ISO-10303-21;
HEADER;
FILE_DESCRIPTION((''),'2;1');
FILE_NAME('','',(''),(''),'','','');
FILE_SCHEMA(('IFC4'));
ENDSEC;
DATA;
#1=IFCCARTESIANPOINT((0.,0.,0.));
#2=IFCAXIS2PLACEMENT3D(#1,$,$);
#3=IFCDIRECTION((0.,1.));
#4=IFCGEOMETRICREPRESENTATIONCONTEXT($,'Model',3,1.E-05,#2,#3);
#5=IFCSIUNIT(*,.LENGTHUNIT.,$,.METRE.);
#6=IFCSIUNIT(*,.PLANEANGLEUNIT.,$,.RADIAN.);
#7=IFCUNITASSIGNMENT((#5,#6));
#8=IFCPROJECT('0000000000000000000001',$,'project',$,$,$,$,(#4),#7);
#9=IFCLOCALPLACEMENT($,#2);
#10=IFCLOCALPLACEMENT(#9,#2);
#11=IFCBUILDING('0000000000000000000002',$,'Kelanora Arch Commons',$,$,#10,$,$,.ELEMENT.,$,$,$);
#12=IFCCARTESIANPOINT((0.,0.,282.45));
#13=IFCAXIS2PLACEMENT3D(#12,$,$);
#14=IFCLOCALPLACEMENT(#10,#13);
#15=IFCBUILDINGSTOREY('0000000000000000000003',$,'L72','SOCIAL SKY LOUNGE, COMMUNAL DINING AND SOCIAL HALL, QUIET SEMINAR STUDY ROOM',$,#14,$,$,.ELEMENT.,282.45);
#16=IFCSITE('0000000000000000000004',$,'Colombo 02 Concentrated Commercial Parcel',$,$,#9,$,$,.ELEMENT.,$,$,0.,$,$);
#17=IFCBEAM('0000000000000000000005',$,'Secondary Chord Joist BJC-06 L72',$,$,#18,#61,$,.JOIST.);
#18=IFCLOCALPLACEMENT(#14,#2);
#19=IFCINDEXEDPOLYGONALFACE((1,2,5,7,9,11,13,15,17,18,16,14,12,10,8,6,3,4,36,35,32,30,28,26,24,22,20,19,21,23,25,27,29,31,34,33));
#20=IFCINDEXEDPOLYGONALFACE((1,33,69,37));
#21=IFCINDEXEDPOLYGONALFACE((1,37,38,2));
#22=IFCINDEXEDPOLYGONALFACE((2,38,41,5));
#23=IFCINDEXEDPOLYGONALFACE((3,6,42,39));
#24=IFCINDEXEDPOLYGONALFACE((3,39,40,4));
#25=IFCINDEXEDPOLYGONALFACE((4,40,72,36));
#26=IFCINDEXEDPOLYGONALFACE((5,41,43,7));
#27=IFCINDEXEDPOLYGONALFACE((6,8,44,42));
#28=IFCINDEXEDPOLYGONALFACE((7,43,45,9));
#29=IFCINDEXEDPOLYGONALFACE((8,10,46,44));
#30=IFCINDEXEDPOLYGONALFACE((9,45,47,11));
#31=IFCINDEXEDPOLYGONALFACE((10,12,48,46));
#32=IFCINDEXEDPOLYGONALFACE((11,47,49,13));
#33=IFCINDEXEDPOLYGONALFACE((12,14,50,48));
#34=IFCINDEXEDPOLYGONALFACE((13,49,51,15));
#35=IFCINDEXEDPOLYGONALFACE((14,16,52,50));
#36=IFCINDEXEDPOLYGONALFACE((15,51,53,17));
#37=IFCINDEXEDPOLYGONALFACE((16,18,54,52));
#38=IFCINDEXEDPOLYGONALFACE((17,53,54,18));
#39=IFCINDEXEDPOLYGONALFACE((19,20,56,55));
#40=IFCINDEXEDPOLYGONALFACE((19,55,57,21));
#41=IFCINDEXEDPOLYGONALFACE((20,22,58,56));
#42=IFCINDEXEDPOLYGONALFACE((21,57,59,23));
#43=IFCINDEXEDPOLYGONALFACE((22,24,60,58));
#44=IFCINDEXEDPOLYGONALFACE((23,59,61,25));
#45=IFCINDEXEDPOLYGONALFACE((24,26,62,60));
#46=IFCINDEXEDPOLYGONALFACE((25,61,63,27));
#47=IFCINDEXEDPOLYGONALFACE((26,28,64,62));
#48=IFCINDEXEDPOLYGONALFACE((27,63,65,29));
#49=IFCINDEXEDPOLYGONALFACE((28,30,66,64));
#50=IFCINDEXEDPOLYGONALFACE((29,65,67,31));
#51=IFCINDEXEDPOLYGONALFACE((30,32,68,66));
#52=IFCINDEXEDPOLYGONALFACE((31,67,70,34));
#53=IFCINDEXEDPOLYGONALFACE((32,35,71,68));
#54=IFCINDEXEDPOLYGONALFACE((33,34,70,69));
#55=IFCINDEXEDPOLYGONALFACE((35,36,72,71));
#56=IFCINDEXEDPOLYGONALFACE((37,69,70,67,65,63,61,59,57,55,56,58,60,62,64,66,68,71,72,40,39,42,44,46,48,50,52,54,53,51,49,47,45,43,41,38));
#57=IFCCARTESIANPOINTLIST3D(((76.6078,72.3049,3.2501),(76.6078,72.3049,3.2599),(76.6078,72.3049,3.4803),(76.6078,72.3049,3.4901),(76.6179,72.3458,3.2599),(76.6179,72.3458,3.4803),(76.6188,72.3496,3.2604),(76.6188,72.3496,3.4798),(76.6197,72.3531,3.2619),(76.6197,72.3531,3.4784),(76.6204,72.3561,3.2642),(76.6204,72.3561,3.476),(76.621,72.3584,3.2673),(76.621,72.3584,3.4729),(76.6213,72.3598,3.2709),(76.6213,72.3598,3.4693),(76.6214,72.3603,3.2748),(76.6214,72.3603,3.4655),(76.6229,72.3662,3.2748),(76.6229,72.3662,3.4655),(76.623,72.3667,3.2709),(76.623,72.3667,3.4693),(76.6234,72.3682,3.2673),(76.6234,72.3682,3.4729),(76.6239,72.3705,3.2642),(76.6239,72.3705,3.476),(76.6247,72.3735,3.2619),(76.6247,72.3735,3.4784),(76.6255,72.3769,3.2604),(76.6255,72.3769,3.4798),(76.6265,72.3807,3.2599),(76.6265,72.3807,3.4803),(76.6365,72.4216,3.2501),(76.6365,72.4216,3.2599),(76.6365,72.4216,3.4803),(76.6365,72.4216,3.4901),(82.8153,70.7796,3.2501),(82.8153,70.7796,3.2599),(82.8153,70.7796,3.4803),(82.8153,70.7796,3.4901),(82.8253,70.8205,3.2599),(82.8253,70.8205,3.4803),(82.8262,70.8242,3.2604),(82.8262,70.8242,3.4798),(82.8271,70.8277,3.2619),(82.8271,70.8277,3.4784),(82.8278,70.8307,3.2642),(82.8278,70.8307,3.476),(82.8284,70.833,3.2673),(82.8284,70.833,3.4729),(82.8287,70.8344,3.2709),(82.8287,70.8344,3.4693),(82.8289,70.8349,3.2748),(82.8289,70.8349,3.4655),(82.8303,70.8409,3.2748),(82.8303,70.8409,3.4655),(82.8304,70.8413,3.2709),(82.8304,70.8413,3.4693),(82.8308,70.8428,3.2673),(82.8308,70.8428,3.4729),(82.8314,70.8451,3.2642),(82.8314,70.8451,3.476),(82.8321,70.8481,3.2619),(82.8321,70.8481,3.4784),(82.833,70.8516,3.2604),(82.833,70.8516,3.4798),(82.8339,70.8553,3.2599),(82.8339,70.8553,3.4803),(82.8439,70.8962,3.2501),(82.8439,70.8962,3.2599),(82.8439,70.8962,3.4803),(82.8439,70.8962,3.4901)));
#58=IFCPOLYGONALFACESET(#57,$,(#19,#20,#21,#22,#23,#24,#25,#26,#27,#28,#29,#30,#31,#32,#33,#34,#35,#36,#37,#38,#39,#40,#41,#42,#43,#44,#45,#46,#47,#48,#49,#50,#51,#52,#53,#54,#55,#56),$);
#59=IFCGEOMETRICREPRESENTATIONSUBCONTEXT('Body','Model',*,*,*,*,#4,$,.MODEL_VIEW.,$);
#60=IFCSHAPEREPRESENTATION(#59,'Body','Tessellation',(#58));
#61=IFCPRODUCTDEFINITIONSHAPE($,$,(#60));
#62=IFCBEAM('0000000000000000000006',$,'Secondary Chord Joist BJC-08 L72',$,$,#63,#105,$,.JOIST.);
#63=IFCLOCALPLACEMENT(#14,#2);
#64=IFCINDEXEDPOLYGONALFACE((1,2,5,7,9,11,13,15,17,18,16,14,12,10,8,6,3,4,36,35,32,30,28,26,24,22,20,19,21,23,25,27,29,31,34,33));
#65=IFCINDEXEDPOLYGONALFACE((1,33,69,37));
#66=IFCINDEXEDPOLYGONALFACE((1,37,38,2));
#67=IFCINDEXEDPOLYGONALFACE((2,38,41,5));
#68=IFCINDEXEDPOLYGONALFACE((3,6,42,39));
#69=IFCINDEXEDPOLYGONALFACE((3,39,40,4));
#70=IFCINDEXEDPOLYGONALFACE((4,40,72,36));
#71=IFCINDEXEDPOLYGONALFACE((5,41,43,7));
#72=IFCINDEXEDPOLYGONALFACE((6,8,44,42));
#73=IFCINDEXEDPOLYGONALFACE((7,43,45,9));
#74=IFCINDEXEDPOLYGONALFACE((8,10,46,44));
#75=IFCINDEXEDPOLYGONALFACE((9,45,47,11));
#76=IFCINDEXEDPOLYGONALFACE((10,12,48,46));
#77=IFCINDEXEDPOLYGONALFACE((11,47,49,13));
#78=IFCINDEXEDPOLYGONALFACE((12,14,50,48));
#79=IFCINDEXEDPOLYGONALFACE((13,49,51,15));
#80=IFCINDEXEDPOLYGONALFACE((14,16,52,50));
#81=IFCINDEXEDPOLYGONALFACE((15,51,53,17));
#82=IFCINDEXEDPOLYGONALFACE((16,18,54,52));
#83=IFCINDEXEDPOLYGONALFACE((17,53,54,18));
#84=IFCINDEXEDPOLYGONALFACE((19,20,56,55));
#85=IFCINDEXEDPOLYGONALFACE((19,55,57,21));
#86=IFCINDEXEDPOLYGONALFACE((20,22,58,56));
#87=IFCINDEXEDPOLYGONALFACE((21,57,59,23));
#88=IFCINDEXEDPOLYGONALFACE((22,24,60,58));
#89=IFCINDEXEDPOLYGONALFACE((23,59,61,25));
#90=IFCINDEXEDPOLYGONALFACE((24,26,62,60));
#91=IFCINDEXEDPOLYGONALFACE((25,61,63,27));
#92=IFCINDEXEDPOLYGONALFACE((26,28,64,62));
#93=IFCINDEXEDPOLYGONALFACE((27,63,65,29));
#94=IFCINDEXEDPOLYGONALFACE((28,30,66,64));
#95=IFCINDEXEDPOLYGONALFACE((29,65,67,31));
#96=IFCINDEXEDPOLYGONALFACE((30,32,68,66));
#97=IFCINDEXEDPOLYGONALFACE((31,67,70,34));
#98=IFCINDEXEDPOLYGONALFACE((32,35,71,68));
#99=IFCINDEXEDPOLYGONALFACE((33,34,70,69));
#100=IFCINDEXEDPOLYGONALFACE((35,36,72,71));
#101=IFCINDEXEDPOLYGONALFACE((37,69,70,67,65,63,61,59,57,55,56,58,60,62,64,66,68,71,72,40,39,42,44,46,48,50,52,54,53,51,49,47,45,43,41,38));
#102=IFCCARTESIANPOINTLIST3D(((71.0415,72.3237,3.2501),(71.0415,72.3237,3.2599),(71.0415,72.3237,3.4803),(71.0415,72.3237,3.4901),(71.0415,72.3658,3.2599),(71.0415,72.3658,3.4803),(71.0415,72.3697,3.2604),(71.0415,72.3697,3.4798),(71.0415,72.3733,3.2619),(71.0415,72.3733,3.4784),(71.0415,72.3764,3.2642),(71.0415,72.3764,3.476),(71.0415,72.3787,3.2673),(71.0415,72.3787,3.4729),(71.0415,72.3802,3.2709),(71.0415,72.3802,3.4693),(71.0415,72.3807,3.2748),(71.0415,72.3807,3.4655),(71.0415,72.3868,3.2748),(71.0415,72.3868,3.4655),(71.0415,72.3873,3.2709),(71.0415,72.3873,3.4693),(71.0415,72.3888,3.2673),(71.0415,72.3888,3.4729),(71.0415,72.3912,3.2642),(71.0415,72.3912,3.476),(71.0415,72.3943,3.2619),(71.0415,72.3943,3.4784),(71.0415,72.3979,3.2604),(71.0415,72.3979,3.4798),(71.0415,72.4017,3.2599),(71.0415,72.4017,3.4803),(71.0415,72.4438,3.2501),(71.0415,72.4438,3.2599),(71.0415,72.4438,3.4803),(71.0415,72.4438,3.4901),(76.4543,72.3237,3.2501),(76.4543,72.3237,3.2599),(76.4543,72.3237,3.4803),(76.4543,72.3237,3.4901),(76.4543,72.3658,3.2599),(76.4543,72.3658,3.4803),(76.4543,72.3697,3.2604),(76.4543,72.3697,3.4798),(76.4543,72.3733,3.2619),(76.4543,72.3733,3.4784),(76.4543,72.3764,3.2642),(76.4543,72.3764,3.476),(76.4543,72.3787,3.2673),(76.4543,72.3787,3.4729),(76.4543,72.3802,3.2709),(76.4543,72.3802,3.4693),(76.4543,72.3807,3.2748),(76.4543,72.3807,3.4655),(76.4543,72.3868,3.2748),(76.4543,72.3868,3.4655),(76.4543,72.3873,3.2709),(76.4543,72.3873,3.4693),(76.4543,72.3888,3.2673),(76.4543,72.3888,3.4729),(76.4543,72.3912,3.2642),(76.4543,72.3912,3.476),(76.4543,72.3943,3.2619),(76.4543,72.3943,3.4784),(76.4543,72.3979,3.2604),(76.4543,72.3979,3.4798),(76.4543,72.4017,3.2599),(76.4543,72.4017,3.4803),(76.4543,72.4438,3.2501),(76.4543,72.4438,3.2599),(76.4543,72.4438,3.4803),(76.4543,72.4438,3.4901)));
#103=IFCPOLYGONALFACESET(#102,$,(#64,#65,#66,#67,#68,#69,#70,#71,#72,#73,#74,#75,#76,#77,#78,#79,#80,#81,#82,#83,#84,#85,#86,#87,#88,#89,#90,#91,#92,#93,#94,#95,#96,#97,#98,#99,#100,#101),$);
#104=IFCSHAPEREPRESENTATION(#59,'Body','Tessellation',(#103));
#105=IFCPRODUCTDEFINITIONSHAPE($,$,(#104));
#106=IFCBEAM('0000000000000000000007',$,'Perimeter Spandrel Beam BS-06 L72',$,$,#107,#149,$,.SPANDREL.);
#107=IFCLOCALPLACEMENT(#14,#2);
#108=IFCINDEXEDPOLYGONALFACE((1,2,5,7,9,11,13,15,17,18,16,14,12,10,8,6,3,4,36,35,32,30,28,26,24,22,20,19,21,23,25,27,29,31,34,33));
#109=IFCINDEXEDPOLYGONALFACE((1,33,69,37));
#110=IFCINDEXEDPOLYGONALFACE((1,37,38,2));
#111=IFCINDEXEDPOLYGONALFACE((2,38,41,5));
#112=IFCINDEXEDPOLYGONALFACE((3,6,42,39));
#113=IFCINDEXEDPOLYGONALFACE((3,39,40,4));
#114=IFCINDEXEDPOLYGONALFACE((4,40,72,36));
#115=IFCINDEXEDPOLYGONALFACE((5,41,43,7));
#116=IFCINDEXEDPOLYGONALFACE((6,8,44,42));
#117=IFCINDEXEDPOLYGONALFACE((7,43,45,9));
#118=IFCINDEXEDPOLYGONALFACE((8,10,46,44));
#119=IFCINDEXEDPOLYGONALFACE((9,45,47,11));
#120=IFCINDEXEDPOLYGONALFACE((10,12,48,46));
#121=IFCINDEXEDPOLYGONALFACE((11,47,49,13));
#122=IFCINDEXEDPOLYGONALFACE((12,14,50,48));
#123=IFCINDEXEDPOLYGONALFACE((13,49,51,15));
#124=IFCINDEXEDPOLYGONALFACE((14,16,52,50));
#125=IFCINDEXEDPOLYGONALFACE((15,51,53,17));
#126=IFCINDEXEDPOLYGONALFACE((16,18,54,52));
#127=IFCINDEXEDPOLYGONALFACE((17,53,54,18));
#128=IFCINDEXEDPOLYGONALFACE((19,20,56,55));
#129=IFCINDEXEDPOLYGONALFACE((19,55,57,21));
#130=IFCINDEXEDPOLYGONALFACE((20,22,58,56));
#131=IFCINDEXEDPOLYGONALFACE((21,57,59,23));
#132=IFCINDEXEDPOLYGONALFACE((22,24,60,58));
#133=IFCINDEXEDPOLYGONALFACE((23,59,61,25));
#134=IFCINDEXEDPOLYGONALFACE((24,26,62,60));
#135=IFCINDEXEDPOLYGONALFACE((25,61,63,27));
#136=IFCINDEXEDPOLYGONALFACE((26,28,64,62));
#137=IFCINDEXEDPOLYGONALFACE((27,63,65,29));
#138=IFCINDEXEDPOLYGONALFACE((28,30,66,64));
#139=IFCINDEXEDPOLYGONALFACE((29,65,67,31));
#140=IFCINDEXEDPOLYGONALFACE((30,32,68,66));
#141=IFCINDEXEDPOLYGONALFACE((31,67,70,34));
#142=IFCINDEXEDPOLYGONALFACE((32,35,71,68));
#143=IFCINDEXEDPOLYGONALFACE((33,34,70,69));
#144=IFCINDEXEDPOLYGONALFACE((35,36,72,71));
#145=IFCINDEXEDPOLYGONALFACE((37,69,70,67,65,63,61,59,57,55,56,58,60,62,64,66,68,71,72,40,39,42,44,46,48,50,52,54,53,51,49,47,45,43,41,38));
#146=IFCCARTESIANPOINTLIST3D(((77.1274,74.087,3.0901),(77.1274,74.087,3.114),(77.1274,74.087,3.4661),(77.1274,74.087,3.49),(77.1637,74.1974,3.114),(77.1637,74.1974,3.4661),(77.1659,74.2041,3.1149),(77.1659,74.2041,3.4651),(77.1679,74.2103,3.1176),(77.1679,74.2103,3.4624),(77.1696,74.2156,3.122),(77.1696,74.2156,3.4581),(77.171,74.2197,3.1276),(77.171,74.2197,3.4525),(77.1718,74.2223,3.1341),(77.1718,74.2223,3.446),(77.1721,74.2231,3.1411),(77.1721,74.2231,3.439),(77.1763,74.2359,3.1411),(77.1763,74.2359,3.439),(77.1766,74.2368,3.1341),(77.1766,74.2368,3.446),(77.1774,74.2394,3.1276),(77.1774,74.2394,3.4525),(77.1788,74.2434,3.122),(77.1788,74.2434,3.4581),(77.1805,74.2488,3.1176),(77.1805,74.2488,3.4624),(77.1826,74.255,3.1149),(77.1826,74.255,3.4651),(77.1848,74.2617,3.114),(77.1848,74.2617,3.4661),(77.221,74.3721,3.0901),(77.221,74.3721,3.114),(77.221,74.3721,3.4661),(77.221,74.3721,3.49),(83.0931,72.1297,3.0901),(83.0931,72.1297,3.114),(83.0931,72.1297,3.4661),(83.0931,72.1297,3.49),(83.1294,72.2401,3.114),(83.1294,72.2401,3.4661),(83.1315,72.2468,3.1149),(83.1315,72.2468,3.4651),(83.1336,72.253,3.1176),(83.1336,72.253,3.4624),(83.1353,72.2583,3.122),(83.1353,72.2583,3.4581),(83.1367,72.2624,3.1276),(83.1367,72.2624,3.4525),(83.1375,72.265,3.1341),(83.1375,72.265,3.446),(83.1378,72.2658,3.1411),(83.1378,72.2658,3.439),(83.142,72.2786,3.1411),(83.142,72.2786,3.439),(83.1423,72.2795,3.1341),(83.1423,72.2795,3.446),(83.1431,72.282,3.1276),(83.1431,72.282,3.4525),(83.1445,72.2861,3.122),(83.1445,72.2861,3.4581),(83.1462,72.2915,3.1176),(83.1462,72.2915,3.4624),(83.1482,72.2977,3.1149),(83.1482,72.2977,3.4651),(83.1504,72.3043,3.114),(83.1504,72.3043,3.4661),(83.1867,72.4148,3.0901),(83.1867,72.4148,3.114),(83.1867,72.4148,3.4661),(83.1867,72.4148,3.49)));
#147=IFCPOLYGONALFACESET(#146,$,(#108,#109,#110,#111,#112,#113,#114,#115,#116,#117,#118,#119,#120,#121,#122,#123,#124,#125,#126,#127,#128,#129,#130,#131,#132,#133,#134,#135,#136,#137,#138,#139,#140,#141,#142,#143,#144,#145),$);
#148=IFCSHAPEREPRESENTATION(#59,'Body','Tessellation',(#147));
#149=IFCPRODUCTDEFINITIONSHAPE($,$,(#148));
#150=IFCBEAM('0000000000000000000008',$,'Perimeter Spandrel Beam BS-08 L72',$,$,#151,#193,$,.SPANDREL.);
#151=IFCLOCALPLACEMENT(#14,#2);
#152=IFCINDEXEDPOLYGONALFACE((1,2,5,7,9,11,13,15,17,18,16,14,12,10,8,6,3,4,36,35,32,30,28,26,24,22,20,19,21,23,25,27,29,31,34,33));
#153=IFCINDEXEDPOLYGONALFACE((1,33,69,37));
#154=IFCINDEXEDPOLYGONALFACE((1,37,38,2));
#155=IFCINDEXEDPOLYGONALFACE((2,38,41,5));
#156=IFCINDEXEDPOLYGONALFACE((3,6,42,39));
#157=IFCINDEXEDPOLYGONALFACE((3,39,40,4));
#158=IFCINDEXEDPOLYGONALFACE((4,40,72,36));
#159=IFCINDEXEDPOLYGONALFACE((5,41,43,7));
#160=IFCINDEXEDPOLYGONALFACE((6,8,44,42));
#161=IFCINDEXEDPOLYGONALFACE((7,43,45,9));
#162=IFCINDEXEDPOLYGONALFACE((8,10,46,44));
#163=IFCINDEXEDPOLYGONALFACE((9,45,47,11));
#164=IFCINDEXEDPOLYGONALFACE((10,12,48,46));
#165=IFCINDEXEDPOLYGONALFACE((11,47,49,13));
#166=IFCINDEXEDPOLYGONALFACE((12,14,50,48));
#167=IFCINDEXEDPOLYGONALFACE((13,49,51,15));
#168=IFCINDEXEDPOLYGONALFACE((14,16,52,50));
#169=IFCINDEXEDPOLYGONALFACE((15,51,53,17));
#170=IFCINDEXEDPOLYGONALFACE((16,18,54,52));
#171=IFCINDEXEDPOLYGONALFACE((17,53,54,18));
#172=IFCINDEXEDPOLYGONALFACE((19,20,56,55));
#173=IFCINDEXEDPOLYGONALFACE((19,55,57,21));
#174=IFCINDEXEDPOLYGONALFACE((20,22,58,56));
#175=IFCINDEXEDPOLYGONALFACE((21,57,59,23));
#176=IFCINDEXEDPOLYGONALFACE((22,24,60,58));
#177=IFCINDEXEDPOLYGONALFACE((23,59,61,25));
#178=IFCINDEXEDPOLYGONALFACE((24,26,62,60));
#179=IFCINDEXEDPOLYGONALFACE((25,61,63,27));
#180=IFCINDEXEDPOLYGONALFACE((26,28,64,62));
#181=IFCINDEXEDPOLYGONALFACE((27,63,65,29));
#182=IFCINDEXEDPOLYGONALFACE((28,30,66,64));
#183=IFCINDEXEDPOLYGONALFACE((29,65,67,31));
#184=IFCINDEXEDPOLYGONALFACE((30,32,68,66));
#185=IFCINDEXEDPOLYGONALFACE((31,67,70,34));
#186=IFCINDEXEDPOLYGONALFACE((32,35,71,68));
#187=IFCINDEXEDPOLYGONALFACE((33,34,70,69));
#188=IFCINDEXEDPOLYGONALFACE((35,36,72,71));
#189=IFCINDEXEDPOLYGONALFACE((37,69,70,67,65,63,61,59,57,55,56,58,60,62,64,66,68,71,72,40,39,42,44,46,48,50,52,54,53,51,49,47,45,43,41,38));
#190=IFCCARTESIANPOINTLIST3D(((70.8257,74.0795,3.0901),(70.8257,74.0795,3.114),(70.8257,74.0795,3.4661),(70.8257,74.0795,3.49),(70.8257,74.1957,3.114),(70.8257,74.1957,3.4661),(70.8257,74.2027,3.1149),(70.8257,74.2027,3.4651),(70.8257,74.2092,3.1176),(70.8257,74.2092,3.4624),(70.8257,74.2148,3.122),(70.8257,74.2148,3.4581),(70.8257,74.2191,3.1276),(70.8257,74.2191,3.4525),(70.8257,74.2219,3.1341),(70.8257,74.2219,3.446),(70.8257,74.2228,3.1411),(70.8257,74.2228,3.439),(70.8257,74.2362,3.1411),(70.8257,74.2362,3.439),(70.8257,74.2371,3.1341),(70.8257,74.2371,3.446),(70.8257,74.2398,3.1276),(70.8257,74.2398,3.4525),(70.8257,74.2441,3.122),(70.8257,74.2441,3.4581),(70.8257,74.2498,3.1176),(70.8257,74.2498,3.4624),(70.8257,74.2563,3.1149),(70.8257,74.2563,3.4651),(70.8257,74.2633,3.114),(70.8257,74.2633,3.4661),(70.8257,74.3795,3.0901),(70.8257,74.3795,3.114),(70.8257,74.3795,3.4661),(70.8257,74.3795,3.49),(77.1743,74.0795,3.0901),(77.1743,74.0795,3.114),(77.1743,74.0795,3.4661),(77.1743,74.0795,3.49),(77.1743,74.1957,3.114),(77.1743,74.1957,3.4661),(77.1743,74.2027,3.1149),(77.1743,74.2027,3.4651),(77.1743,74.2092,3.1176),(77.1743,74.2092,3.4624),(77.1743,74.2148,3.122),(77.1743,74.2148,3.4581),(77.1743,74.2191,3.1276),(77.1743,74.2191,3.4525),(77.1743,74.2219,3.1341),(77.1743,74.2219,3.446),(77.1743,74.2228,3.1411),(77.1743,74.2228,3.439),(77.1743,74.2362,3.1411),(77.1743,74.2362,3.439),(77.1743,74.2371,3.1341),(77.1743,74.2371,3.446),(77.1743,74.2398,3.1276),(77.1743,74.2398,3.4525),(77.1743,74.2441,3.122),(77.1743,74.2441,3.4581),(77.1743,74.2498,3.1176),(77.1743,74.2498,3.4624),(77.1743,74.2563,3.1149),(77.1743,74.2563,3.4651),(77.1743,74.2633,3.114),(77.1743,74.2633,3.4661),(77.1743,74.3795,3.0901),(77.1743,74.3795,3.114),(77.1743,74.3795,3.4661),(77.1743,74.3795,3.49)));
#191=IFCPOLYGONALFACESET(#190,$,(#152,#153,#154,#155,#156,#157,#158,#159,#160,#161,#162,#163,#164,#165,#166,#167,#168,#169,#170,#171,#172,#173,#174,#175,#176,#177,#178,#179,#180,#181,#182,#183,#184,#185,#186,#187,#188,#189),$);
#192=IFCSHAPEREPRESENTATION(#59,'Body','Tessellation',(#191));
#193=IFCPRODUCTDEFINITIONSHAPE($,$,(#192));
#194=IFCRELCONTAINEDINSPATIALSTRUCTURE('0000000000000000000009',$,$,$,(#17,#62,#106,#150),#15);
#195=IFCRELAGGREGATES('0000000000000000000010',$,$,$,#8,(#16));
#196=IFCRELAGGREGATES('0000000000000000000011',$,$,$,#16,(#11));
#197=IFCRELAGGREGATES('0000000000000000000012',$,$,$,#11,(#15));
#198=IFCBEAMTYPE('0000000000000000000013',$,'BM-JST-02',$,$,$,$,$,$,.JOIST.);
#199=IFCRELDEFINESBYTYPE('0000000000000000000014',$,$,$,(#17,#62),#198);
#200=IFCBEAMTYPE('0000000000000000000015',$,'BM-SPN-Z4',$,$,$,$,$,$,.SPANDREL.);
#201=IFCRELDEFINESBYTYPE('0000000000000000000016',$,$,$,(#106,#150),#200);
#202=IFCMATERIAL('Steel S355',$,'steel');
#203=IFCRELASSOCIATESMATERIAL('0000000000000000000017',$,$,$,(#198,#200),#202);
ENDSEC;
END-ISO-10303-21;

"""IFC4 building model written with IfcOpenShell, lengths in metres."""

from ifc_helpers import new_model, si_unit, direction, frame, origin, origin_2d, place, context, subcontext, project, spatial, i_section, extrude, material, material_profile, profile_set, type_object, element, save


model = new_model("IFC4")

# Units and contexts
model_context = context("Model", 3, precision=1e-05, world=origin(), true_north=direction((0.0, 1.0)))
body_context = subcontext(model_context, "Body", "Model", "MODEL_VIEW")
ifc_project = project(units=[si_unit("LENGTHUNIT", "METRE"), si_unit("PLANEANGLEUNIT", "RADIAN")], contexts=[model_context])

# Site, building, storey
site_placement = place(None, origin())
site = spatial("IfcSite", under=ifc_project, at=site_placement, Name="Colombo 02 Concentrated Commercial Parcel", CompositionType="ELEMENT", RefElevation=0.0)
building_placement = place(site_placement, origin())
building = spatial("IfcBuilding", under=site, at=building_placement, Name="Kelanora Arch Commons", CompositionType="ELEMENT")
storey_placement = place(building_placement, frame((0.0, 0.0, 282.45)))
storey = spatial("IfcBuildingStorey", under=building, at=storey_placement, Name="L72", Description="SOCIAL SKY LOUNGE, COMMUNAL DINING AND SOCIAL HALL, QUIET SEMINAR STUDY ROOM", CompositionType="ELEMENT", Elevation=282.45)

# Beams
ifc_material_1 = material(Name="Steel S355", Category="steel")
ifc_material_profile_1 = material_profile(ifc_material_1, i_section(OverallWidth=0.1201, OverallDepth=0.24, WebThickness=0.0061, FlangeThickness=0.0098, FilletRadius=0.0149, at=origin_2d()), Name="IPE240")
ifc_profile_set_1 = profile_set([ifc_material_profile_1], Name="Steel S355")
beam_type_1 = type_object("IfcBeamType", Name="BM-JST-02", PredefinedType="JOIST", material=ifc_profile_set_1)
beam_1_placement = place(storey_placement, frame((82.8296, 70.8379, 3.3701), z_axis=(-0.97111, 0.238633, 0.0), x_axis=(-0.238633, -0.97111, 0.0)))
element("IfcBeam", 1, at=beam_1_placement, inside=storey, type_object=beam_type_1, Name="Secondary Chord Joist BJC-06 L72", PredefinedType="JOIST", context=body_context, shape_type="SweptSolid", body=[
    extrude(i_section(OverallWidth=0.1201, OverallDepth=0.24, WebThickness=0.0061, FlangeThickness=0.0098, FilletRadius=0.0149, at=origin_2d()), origin(), (0.0, 0.0, 1.0), 6.3921),
])
beam_2_placement = place(storey_placement, frame((76.4543, 72.3838, 3.3701), z_axis=(-1.0, 0.0, 0.0), x_axis=(0.0, -1.0, 0.0)))
element("IfcBeam", 2, at=beam_2_placement, inside=storey, type_object=beam_type_1, Name="Secondary Chord Joist BJC-08 L72", PredefinedType="JOIST", context=body_context, shape_type="SweptSolid", body=[
    extrude(i_section(OverallWidth=0.1201, OverallDepth=0.24, WebThickness=0.0061, FlangeThickness=0.0098, FilletRadius=0.0149, at=origin_2d()), origin(), (0.0, 0.0, 1.0), 5.4128),
])
ifc_material_profile_2 = material_profile(ifc_material_1, i_section(OverallWidth=0.3, OverallDepth=0.3999, WebThickness=0.0134, FlangeThickness=0.0239, FilletRadius=0.0271, at=origin_2d()), Name="HEB400")
ifc_profile_set_2 = profile_set([ifc_material_profile_2], Name="Steel S355")
beam_type_2 = type_object("IfcBeamType", Name="BM-SPN-Z4", PredefinedType="SPANDREL", material=ifc_profile_set_2)
beam_3_placement = place(storey_placement, frame((83.1399, 72.2722, 3.29), z_axis=(-0.950166, 0.311745, 0.0), x_axis=(-0.311745, -0.950166, 0.0)))
element("IfcBeam", 3, at=beam_3_placement, inside=storey, type_object=beam_type_2, Name="Perimeter Spandrel Beam BS-06 L72", PredefinedType="SPANDREL", context=body_context, shape_type="SweptSolid", body=[
    extrude(i_section(OverallWidth=0.3, OverallDepth=0.3999, WebThickness=0.0134, FlangeThickness=0.0239, FilletRadius=0.0271, at=origin_2d()), origin(), (0.0, 0.0, 1.0), 6.2786),
])
beam_4_placement = place(storey_placement, frame((77.1743, 74.2295, 3.29), z_axis=(-1.0, 0.0, 0.0), x_axis=(0.0, -1.0, 0.0)))
element("IfcBeam", 4, at=beam_4_placement, inside=storey, type_object=beam_type_2, Name="Perimeter Spandrel Beam BS-08 L72", PredefinedType="SPANDREL", context=body_context, shape_type="SweptSolid", body=[
    extrude(i_section(OverallWidth=0.3, OverallDepth=0.3999, WebThickness=0.0134, FlangeThickness=0.0239, FilletRadius=0.0271, at=origin_2d()), origin(), (0.0, 0.0, 1.0), 6.3486),
])

save(model, "model.ifc")
